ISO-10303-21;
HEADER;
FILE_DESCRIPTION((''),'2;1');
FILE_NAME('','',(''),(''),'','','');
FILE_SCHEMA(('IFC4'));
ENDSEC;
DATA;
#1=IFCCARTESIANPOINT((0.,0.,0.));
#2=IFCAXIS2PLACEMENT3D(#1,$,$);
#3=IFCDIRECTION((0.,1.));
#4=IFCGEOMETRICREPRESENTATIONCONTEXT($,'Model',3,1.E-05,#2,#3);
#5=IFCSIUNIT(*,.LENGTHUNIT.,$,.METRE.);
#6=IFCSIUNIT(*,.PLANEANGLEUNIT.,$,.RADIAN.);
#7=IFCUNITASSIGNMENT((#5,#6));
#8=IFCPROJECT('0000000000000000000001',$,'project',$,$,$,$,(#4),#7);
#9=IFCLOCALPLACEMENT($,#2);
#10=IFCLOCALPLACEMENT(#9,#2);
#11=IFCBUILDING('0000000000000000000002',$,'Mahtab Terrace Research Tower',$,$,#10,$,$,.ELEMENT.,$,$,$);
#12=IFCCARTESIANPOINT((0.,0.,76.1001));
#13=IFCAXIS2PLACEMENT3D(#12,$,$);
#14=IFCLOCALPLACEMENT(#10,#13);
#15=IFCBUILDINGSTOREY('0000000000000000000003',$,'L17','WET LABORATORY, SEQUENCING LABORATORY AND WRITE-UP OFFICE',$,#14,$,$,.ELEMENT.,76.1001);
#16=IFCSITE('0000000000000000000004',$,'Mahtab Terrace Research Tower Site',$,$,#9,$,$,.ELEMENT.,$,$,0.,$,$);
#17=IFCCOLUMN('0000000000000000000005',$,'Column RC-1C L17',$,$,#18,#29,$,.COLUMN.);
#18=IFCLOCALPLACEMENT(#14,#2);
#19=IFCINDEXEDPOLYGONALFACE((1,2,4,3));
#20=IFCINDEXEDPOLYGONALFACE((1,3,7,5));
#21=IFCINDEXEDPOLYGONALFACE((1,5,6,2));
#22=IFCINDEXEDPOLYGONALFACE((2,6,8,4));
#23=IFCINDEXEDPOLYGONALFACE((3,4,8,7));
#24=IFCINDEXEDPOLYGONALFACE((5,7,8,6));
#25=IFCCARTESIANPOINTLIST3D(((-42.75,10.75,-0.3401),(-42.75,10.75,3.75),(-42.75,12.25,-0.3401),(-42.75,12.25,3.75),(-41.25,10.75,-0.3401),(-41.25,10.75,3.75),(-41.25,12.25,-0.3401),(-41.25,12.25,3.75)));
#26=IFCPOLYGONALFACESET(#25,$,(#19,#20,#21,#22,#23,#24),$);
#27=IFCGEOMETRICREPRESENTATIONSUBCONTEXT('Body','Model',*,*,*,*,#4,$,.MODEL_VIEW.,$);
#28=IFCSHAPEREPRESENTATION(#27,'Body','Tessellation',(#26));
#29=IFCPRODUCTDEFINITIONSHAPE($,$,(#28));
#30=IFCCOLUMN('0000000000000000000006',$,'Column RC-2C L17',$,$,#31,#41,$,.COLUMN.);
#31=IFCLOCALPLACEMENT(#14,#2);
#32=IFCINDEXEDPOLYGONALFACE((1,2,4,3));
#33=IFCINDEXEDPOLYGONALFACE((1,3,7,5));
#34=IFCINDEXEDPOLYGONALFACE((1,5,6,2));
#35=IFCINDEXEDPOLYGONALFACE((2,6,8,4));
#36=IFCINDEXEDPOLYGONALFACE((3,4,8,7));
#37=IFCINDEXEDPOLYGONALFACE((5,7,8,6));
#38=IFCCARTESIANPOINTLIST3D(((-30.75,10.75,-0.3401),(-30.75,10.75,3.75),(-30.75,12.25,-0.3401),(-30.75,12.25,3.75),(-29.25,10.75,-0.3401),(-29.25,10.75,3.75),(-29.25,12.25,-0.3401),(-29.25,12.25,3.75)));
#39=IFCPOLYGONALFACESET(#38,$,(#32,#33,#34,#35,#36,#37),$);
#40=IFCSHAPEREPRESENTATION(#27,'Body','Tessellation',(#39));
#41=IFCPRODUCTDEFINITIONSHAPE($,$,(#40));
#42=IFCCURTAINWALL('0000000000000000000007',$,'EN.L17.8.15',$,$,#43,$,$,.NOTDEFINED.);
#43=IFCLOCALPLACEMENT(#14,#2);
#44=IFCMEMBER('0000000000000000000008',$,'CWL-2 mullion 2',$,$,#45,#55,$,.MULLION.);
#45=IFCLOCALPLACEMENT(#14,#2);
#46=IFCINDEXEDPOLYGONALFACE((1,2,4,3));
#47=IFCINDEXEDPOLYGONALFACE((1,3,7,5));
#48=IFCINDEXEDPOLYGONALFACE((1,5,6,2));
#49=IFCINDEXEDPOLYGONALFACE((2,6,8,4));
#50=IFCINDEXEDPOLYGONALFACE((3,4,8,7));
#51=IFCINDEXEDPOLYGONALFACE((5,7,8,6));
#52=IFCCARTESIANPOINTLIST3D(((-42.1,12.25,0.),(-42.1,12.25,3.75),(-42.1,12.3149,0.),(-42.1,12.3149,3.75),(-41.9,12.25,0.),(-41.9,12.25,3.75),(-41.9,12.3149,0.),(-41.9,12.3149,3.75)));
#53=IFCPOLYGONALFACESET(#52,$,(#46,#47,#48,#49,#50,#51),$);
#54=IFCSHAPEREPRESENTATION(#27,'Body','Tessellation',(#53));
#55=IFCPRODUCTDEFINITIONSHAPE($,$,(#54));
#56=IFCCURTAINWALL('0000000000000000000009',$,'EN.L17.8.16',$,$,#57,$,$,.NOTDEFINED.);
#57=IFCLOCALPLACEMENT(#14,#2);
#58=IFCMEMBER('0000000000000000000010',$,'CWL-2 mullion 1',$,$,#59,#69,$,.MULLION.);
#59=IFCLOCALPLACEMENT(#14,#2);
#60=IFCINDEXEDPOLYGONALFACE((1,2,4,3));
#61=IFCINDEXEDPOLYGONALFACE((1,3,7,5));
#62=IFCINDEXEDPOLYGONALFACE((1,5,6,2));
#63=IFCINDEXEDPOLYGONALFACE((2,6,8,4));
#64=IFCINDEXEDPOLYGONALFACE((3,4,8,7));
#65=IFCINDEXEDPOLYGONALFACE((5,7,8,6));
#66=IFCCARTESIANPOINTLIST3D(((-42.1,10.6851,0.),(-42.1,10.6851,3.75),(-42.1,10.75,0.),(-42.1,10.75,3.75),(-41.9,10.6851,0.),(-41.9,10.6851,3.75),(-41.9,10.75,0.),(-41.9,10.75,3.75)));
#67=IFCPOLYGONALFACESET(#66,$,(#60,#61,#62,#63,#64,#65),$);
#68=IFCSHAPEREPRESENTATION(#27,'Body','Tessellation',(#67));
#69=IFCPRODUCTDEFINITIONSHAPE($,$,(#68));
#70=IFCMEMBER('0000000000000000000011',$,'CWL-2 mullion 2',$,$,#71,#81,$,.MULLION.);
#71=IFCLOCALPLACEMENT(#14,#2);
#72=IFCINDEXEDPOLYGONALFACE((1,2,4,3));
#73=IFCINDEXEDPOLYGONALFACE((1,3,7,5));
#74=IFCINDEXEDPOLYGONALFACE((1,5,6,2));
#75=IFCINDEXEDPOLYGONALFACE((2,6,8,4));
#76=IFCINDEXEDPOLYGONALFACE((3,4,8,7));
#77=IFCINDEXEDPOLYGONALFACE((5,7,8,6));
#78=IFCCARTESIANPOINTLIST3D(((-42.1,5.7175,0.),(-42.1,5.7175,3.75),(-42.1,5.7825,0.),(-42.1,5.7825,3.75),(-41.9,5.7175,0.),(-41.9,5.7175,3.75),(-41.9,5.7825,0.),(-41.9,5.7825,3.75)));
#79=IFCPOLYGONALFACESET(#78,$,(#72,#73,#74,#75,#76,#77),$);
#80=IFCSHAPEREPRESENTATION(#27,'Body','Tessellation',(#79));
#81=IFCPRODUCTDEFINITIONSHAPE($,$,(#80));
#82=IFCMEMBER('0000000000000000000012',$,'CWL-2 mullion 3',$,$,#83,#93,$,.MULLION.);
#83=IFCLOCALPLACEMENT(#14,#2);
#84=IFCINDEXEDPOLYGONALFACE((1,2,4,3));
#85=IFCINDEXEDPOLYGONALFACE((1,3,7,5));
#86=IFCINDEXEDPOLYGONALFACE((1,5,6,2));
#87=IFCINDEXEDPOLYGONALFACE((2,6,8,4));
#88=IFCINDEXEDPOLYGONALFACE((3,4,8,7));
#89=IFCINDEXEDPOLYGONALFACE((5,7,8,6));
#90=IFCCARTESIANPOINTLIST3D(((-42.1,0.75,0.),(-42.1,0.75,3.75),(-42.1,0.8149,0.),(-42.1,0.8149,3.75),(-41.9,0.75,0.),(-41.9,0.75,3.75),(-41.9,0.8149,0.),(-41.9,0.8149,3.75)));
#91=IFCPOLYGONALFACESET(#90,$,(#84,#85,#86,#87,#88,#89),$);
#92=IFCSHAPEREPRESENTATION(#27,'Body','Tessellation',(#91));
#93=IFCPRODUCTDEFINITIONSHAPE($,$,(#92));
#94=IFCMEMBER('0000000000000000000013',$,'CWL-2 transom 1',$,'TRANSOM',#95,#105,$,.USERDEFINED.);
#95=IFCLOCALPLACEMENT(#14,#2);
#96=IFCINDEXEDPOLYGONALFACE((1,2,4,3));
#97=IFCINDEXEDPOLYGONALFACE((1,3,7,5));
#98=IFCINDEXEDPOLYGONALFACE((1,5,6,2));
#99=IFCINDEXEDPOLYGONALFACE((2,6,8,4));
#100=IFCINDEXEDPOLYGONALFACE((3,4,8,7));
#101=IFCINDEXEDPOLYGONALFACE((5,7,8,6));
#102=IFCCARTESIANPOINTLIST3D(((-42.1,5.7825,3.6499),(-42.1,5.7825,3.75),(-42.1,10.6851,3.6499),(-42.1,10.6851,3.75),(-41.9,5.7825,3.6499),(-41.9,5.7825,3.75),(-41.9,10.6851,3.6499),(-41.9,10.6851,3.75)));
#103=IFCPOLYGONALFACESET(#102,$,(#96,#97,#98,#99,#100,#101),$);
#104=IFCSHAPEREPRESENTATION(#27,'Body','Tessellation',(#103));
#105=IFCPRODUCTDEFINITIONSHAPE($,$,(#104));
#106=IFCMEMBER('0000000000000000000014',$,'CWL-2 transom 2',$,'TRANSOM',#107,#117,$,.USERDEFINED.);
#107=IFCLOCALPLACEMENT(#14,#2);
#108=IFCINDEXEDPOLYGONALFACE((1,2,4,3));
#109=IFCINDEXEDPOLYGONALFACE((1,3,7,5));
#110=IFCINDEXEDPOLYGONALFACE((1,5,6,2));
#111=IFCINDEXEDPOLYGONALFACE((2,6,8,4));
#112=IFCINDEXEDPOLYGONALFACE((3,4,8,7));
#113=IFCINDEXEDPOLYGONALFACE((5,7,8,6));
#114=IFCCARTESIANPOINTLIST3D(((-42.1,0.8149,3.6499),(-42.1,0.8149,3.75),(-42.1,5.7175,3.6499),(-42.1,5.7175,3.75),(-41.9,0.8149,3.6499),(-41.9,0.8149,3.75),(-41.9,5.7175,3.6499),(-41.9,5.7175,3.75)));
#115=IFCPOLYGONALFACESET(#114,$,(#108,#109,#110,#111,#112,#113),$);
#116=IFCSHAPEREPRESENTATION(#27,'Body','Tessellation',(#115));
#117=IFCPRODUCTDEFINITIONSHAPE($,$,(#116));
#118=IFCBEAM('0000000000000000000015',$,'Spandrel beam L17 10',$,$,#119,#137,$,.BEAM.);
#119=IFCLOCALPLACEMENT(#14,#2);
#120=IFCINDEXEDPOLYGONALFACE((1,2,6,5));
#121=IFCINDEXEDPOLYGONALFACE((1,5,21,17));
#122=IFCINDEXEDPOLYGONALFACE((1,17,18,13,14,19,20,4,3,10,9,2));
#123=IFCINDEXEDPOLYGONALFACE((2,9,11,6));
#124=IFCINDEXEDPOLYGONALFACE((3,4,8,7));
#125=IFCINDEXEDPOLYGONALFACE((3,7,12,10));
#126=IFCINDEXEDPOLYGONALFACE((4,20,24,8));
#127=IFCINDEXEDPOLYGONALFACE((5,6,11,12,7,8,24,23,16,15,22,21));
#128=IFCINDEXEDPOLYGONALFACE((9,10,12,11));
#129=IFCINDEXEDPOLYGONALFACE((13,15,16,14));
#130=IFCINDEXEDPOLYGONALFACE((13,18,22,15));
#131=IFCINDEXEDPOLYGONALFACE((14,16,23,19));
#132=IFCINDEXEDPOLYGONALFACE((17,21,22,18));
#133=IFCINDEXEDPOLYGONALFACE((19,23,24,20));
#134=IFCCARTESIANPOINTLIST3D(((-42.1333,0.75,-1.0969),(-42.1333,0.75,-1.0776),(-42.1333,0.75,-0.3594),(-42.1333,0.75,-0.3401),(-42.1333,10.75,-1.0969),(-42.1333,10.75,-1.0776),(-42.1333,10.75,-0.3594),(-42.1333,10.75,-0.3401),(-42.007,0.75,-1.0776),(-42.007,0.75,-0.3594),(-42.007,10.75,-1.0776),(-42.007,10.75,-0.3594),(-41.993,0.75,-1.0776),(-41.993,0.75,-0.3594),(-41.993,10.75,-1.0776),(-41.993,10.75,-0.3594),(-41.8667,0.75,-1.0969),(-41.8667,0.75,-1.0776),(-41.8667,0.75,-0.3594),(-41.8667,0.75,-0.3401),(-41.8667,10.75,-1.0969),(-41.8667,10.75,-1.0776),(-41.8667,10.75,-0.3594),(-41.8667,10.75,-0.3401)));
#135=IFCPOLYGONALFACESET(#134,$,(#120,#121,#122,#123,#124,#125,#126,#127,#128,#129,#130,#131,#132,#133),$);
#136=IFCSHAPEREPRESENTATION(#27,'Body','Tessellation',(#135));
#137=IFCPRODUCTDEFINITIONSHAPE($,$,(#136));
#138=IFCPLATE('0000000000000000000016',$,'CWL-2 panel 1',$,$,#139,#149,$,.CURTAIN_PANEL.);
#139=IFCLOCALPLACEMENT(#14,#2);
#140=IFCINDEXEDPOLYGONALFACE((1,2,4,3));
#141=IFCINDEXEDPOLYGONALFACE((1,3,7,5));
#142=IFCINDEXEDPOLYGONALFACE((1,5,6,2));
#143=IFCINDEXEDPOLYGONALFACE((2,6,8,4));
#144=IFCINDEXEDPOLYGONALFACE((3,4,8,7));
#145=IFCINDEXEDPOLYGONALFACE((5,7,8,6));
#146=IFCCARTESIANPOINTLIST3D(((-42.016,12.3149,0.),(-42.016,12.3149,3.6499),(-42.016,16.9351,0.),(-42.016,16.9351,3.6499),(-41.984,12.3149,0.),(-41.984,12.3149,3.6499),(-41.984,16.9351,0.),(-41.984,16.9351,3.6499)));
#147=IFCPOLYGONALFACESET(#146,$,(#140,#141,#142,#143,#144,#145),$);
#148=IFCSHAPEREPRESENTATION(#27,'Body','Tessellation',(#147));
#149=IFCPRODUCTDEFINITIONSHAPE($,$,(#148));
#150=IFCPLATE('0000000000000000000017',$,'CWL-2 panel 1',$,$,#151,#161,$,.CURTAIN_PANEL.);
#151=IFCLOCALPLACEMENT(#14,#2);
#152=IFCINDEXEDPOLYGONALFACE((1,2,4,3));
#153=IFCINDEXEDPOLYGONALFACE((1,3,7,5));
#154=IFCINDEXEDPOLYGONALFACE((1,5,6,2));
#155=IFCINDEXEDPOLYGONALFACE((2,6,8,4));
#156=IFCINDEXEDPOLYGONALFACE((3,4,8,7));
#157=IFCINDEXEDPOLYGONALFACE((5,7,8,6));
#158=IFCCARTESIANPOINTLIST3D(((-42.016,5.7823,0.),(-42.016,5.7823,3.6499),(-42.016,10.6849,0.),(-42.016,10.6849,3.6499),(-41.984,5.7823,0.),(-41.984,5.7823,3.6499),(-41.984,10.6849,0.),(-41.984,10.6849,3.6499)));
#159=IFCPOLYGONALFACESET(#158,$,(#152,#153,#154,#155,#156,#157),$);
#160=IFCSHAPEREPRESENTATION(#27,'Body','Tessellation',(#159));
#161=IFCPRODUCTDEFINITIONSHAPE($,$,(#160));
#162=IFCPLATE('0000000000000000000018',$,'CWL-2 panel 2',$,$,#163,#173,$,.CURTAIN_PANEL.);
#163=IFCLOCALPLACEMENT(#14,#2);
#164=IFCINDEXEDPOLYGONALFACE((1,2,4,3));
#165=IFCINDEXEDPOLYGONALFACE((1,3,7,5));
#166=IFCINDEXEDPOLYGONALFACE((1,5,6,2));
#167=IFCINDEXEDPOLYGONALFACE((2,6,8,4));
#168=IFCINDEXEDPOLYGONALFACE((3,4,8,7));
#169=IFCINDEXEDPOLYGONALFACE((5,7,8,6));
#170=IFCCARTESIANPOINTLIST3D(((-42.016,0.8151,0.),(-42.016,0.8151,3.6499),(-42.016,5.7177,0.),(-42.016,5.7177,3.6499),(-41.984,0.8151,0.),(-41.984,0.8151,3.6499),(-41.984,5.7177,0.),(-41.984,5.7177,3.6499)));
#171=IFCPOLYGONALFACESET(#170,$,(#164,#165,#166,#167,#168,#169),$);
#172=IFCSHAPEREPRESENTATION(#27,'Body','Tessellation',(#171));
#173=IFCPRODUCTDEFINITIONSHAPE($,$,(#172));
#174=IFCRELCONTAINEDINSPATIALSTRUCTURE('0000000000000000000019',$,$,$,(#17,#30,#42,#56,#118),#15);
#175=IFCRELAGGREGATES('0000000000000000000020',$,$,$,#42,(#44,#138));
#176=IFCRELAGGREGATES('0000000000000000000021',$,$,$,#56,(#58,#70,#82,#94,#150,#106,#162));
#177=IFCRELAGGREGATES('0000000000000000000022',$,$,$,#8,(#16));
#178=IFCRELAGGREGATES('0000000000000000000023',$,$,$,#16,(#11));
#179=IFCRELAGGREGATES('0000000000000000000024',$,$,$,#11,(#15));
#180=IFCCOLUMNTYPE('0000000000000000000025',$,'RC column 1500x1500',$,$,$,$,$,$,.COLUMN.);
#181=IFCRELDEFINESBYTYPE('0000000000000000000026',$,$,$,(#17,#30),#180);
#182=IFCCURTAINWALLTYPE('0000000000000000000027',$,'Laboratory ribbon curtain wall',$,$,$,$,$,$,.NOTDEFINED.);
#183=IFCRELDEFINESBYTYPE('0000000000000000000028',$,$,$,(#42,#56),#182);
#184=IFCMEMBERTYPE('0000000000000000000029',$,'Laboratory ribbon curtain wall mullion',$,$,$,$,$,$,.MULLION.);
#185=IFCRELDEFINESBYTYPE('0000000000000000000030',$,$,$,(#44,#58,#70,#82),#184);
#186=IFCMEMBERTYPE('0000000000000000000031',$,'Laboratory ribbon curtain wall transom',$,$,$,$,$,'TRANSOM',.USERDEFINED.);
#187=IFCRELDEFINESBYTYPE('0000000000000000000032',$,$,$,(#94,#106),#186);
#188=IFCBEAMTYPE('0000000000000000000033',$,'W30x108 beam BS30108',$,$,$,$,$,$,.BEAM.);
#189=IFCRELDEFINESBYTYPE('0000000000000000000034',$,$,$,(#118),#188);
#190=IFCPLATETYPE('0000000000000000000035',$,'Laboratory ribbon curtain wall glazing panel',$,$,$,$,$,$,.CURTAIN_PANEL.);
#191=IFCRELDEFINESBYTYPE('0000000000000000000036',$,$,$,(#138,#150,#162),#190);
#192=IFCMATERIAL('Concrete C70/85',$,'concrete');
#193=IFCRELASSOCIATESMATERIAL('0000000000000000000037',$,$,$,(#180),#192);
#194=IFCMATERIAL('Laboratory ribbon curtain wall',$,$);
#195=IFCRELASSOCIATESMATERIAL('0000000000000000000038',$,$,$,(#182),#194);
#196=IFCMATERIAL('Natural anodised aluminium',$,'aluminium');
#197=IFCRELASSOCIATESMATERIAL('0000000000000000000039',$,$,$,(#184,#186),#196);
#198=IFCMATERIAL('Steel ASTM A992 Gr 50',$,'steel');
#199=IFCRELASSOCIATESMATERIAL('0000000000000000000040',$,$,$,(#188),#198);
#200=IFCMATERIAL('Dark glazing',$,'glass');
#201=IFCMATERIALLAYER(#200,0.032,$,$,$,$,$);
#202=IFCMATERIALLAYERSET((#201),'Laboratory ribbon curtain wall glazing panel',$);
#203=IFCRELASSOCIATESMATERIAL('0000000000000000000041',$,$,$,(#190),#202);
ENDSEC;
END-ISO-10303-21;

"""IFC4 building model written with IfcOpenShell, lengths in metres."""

from ifc_helpers import new_model, si_unit, direction, frame, origin, origin_2d, place, context, subcontext, project, spatial, rectangle, i_section, extrude, material, layer, layer_set, material_profile, profile_set, type_object, element, aggregate, save


model = new_model("IFC4")

# Units and contexts
model_context = context("Model", 3, precision=1e-05, world=origin(), true_north=direction((0.0, 1.0)))
body_context = subcontext(model_context, "Body", "Model", "MODEL_VIEW")
ifc_project = project(units=[si_unit("LENGTHUNIT", "METRE"), si_unit("PLANEANGLEUNIT", "RADIAN")], contexts=[model_context])

# Site, building, storey
site_placement = place(None, origin())
site = spatial("IfcSite", under=ifc_project, at=site_placement, Name="Mahtab Terrace Research Tower Site", CompositionType="ELEMENT", RefElevation=0.0)
building_placement = place(site_placement, origin())
building = spatial("IfcBuilding", under=site, at=building_placement, Name="Mahtab Terrace Research Tower", CompositionType="ELEMENT")
storey_placement = place(building_placement, frame((0.0, 0.0, 76.1001)))
storey = spatial("IfcBuildingStorey", under=building, at=storey_placement, Name="L17", Description="WET LABORATORY, SEQUENCING LABORATORY AND WRITE-UP OFFICE", CompositionType="ELEMENT", Elevation=76.1001)

# Columns
ifc_material_1 = material(Name="Concrete C70/85", Category="concrete")
ifc_material_profile_1 = material_profile(ifc_material_1, rectangle(XDim=1.5, YDim=1.5, at=origin_2d()), Name="RC column 1500x1500")
ifc_profile_set_1 = profile_set([ifc_material_profile_1], Name="Concrete C70/85")
column_type = type_object("IfcColumnType", Name="RC column 1500x1500", PredefinedType="COLUMN", material=ifc_profile_set_1)
for number, where, z_axis, x_axis, name in (
    (1, (-42.0, 11.5, -0.3401), (0.0, 0.0, 1.0), (1.0, 0.0, 0.0), "Column RC-1C L17"),
    (2, (-30.0, 11.5, -0.3401), (0.0, 0.0, 1.0), (1.0, 0.0, 0.0), "Column RC-2C L17"),
):
    element("IfcColumn", number, at=place(storey_placement, frame(where, z_axis=z_axis, x_axis=x_axis)), inside=storey, type_object=column_type, Name=name, PredefinedType="COLUMN", context=body_context, shape_type="SweptSolid", body=[
        extrude(rectangle(XDim=1.5, YDim=1.5, at=origin_2d()), origin(), (0.0, 0.0, 1.0), 4.0901),
    ])

# Curtain wall, member
ifc_material_2 = material(Name="Laboratory ribbon curtain wall")
curtain_wall_type = type_object("IfcCurtainWallType", Name="Laboratory ribbon curtain wall", PredefinedType="NOTDEFINED", material=ifc_material_2)
curtain_wall_1_placement = place(storey_placement, origin())
curtain_wall_1 = element("IfcCurtainWall", 3, at=curtain_wall_1_placement, inside=storey, type_object=curtain_wall_type, Name="EN.L17.8.15", PredefinedType="NOTDEFINED")
ifc_material_3 = material(Name="Natural anodised aluminium", Category="aluminium")
ifc_material_profile_2 = material_profile(ifc_material_3, rectangle(XDim=0.2, YDim=0.0649, at=origin_2d()), Name="MULLION 65x200")
ifc_profile_set_2 = profile_set([ifc_material_profile_2], Name="Natural anodised aluminium")
member_type_1 = type_object("IfcMemberType", Name="Laboratory ribbon curtain wall mullion", PredefinedType="MULLION", material=ifc_profile_set_2)
member_1_placement = place(storey_placement, frame((-42.0, 12.2825, 0.0), z_axis=(0.0, 0.0, 1.0), x_axis=(1.0, 0.0, 0.0)))
member_1 = element("IfcMember", 4, at=member_1_placement, type_object=member_type_1, Name="CWL-2 mullion 2", PredefinedType="MULLION", context=body_context, shape_type="SweptSolid", body=[
    extrude(rectangle(XDim=0.2, YDim=0.0649, at=origin_2d()), origin(), (0.0, 0.0, 1.0), 3.75),
])

# Curtain wall, members
curtain_wall_2_placement = place(storey_placement, origin())
curtain_wall_2 = element("IfcCurtainWall", 5, at=curtain_wall_2_placement, inside=storey, type_object=curtain_wall_type, Name="EN.L17.8.16", PredefinedType="NOTDEFINED")
member_2_placement = place(storey_placement, frame((-42.0, 10.7175, 0.0), z_axis=(0.0, 0.0, 1.0), x_axis=(1.0, 0.0, 0.0)))
member_2 = element("IfcMember", 6, at=member_2_placement, type_object=member_type_1, Name="CWL-2 mullion 1", PredefinedType="MULLION", context=body_context, shape_type="SweptSolid", body=[
    extrude(rectangle(XDim=0.2, YDim=0.0649, at=origin_2d()), origin(), (0.0, 0.0, 1.0), 3.75),
])
member_3_placement = place(storey_placement, frame((-42.0, 5.75, 0.0), z_axis=(0.0, 0.0, 1.0), x_axis=(1.0, 0.0, 0.0)))
member_3 = element("IfcMember", 7, at=member_3_placement, type_object=member_type_1, Name="CWL-2 mullion 2", PredefinedType="MULLION", context=body_context, shape_type="SweptSolid", body=[
    extrude(rectangle(XDim=0.2, YDim=0.0649, at=origin_2d()), origin(), (0.0, 0.0, 1.0), 3.75),
])
member_4_placement = place(storey_placement, frame((-42.0, 0.7825, 0.0), z_axis=(0.0, 0.0, 1.0), x_axis=(1.0, 0.0, 0.0)))
member_4 = element("IfcMember", 8, at=member_4_placement, type_object=member_type_1, Name="CWL-2 mullion 3", PredefinedType="MULLION", context=body_context, shape_type="SweptSolid", body=[
    extrude(rectangle(XDim=0.2, YDim=0.0649, at=origin_2d()), origin(), (0.0, 0.0, 1.0), 3.75),
])
ifc_material_profile_3 = material_profile(ifc_material_3, rectangle(XDim=0.2, YDim=0.1001, at=origin_2d()), Name="TRANSOM 100x200")
ifc_profile_set_3 = profile_set([ifc_material_profile_3], Name="Natural anodised aluminium")
member_type_2 = type_object("IfcMemberType", Name="Laboratory ribbon curtain wall transom", ElementType="TRANSOM", PredefinedType="USERDEFINED", material=ifc_profile_set_3)
member_5_placement = place(storey_placement, frame((-42.0, 10.6851, 3.7), z_axis=(0.0, -1.0, 0.0), x_axis=(1.0, 0.0, 0.0)))
member_5 = element("IfcMember", 9, at=member_5_placement, type_object=member_type_2, Name="CWL-2 transom 1", ObjectType="TRANSOM", PredefinedType="USERDEFINED", context=body_context, shape_type="SweptSolid", body=[
    extrude(rectangle(XDim=0.2, YDim=0.1001, at=origin_2d()), origin(), (0.0, 0.0, 1.0), 4.9026),
])
member_6_placement = place(storey_placement, frame((-42.0, 5.7175, 3.7), z_axis=(0.0, -1.0, 0.0), x_axis=(1.0, 0.0, 0.0)))
member_6 = element("IfcMember", 10, at=member_6_placement, type_object=member_type_2, Name="CWL-2 transom 2", ObjectType="TRANSOM", PredefinedType="USERDEFINED", context=body_context, shape_type="SweptSolid", body=[
    extrude(rectangle(XDim=0.2, YDim=0.1001, at=origin_2d()), origin(), (0.0, 0.0, 1.0), 4.9026),
])

# Beam
ifc_material_4 = material(Name="Steel ASTM A992 Gr 50", Category="steel")
ifc_material_profile_4 = material_profile(ifc_material_4, i_section(OverallWidth=0.2666, OverallDepth=0.7568, WebThickness=0.0139, FlangeThickness=0.0193, at=origin_2d()), Name="W30X108")
ifc_profile_set_4 = profile_set([ifc_material_profile_4], Name="Steel ASTM A992 Gr 50")
beam_type = type_object("IfcBeamType", Name="W30x108 beam BS30108", PredefinedType="BEAM", material=ifc_profile_set_4)
beam_placement = place(storey_placement, frame((-42.0, 10.75, -0.7185), z_axis=(0.0, -1.0, 0.0), x_axis=(1.0, 0.0, 0.0)))
element("IfcBeam", 11, at=beam_placement, inside=storey, type_object=beam_type, Name="Spandrel beam L17 10", PredefinedType="BEAM", context=body_context, shape_type="SweptSolid", body=[
    extrude(i_section(OverallWidth=0.2666, OverallDepth=0.7568, WebThickness=0.0139, FlangeThickness=0.0193, at=origin_2d()), origin(), (0.0, 0.0, 1.0), 10.0),
])

# Plates
ifc_material_5 = material(Name="Dark glazing", Category="glass")
ifc_layer_1 = layer(ifc_material_5, 0.032)
ifc_layer_set_1 = layer_set([ifc_layer_1], Name="Laboratory ribbon curtain wall glazing panel")
plate_type = type_object("IfcPlateType", Name="Laboratory ribbon curtain wall glazing panel", PredefinedType="CURTAIN_PANEL", material=ifc_layer_set_1)
plate_1_placement = place(storey_placement, frame((-42.0, 14.625, 0.0), z_axis=(0.0, 0.0, 1.0), x_axis=(0.0, -1.0, 0.0)))
plate_1 = element("IfcPlate", 12, at=plate_1_placement, type_object=plate_type, Name="CWL-2 panel 1", PredefinedType="CURTAIN_PANEL", context=body_context, shape_type="SweptSolid", body=[
    extrude(rectangle(XDim=4.6201, YDim=0.032, at=origin_2d()), origin(), (0.0, 0.0, 1.0), 3.6499),
])
aggregate(curtain_wall_1, [member_1, plate_1])
plate_2_placement = place(storey_placement, frame((-42.0, 8.2336, 0.0), z_axis=(0.0, 0.0, 1.0), x_axis=(0.0, -1.0, 0.0)))
plate_2 = element("IfcPlate", 13, at=plate_2_placement, type_object=plate_type, Name="CWL-2 panel 1", PredefinedType="CURTAIN_PANEL", context=body_context, shape_type="SweptSolid", body=[
    extrude(rectangle(XDim=4.9026, YDim=0.032, at=origin_2d()), origin(), (0.0, 0.0, 1.0), 3.6499),
])
plate_3_placement = place(storey_placement, frame((-42.0, 3.2664, 0.0), z_axis=(0.0, 0.0, 1.0), x_axis=(0.0, -1.0, 0.0)))
plate_3 = element("IfcPlate", 14, at=plate_3_placement, type_object=plate_type, Name="CWL-2 panel 2", PredefinedType="CURTAIN_PANEL", context=body_context, shape_type="SweptSolid", body=[
    extrude(rectangle(XDim=4.9026, YDim=0.032, at=origin_2d()), origin(), (0.0, 0.0, 1.0), 3.6499),
])
aggregate(curtain_wall_2, [member_2, member_3, member_4, member_5, plate_2, member_6, plate_3])

save(model, "model.ifc")
